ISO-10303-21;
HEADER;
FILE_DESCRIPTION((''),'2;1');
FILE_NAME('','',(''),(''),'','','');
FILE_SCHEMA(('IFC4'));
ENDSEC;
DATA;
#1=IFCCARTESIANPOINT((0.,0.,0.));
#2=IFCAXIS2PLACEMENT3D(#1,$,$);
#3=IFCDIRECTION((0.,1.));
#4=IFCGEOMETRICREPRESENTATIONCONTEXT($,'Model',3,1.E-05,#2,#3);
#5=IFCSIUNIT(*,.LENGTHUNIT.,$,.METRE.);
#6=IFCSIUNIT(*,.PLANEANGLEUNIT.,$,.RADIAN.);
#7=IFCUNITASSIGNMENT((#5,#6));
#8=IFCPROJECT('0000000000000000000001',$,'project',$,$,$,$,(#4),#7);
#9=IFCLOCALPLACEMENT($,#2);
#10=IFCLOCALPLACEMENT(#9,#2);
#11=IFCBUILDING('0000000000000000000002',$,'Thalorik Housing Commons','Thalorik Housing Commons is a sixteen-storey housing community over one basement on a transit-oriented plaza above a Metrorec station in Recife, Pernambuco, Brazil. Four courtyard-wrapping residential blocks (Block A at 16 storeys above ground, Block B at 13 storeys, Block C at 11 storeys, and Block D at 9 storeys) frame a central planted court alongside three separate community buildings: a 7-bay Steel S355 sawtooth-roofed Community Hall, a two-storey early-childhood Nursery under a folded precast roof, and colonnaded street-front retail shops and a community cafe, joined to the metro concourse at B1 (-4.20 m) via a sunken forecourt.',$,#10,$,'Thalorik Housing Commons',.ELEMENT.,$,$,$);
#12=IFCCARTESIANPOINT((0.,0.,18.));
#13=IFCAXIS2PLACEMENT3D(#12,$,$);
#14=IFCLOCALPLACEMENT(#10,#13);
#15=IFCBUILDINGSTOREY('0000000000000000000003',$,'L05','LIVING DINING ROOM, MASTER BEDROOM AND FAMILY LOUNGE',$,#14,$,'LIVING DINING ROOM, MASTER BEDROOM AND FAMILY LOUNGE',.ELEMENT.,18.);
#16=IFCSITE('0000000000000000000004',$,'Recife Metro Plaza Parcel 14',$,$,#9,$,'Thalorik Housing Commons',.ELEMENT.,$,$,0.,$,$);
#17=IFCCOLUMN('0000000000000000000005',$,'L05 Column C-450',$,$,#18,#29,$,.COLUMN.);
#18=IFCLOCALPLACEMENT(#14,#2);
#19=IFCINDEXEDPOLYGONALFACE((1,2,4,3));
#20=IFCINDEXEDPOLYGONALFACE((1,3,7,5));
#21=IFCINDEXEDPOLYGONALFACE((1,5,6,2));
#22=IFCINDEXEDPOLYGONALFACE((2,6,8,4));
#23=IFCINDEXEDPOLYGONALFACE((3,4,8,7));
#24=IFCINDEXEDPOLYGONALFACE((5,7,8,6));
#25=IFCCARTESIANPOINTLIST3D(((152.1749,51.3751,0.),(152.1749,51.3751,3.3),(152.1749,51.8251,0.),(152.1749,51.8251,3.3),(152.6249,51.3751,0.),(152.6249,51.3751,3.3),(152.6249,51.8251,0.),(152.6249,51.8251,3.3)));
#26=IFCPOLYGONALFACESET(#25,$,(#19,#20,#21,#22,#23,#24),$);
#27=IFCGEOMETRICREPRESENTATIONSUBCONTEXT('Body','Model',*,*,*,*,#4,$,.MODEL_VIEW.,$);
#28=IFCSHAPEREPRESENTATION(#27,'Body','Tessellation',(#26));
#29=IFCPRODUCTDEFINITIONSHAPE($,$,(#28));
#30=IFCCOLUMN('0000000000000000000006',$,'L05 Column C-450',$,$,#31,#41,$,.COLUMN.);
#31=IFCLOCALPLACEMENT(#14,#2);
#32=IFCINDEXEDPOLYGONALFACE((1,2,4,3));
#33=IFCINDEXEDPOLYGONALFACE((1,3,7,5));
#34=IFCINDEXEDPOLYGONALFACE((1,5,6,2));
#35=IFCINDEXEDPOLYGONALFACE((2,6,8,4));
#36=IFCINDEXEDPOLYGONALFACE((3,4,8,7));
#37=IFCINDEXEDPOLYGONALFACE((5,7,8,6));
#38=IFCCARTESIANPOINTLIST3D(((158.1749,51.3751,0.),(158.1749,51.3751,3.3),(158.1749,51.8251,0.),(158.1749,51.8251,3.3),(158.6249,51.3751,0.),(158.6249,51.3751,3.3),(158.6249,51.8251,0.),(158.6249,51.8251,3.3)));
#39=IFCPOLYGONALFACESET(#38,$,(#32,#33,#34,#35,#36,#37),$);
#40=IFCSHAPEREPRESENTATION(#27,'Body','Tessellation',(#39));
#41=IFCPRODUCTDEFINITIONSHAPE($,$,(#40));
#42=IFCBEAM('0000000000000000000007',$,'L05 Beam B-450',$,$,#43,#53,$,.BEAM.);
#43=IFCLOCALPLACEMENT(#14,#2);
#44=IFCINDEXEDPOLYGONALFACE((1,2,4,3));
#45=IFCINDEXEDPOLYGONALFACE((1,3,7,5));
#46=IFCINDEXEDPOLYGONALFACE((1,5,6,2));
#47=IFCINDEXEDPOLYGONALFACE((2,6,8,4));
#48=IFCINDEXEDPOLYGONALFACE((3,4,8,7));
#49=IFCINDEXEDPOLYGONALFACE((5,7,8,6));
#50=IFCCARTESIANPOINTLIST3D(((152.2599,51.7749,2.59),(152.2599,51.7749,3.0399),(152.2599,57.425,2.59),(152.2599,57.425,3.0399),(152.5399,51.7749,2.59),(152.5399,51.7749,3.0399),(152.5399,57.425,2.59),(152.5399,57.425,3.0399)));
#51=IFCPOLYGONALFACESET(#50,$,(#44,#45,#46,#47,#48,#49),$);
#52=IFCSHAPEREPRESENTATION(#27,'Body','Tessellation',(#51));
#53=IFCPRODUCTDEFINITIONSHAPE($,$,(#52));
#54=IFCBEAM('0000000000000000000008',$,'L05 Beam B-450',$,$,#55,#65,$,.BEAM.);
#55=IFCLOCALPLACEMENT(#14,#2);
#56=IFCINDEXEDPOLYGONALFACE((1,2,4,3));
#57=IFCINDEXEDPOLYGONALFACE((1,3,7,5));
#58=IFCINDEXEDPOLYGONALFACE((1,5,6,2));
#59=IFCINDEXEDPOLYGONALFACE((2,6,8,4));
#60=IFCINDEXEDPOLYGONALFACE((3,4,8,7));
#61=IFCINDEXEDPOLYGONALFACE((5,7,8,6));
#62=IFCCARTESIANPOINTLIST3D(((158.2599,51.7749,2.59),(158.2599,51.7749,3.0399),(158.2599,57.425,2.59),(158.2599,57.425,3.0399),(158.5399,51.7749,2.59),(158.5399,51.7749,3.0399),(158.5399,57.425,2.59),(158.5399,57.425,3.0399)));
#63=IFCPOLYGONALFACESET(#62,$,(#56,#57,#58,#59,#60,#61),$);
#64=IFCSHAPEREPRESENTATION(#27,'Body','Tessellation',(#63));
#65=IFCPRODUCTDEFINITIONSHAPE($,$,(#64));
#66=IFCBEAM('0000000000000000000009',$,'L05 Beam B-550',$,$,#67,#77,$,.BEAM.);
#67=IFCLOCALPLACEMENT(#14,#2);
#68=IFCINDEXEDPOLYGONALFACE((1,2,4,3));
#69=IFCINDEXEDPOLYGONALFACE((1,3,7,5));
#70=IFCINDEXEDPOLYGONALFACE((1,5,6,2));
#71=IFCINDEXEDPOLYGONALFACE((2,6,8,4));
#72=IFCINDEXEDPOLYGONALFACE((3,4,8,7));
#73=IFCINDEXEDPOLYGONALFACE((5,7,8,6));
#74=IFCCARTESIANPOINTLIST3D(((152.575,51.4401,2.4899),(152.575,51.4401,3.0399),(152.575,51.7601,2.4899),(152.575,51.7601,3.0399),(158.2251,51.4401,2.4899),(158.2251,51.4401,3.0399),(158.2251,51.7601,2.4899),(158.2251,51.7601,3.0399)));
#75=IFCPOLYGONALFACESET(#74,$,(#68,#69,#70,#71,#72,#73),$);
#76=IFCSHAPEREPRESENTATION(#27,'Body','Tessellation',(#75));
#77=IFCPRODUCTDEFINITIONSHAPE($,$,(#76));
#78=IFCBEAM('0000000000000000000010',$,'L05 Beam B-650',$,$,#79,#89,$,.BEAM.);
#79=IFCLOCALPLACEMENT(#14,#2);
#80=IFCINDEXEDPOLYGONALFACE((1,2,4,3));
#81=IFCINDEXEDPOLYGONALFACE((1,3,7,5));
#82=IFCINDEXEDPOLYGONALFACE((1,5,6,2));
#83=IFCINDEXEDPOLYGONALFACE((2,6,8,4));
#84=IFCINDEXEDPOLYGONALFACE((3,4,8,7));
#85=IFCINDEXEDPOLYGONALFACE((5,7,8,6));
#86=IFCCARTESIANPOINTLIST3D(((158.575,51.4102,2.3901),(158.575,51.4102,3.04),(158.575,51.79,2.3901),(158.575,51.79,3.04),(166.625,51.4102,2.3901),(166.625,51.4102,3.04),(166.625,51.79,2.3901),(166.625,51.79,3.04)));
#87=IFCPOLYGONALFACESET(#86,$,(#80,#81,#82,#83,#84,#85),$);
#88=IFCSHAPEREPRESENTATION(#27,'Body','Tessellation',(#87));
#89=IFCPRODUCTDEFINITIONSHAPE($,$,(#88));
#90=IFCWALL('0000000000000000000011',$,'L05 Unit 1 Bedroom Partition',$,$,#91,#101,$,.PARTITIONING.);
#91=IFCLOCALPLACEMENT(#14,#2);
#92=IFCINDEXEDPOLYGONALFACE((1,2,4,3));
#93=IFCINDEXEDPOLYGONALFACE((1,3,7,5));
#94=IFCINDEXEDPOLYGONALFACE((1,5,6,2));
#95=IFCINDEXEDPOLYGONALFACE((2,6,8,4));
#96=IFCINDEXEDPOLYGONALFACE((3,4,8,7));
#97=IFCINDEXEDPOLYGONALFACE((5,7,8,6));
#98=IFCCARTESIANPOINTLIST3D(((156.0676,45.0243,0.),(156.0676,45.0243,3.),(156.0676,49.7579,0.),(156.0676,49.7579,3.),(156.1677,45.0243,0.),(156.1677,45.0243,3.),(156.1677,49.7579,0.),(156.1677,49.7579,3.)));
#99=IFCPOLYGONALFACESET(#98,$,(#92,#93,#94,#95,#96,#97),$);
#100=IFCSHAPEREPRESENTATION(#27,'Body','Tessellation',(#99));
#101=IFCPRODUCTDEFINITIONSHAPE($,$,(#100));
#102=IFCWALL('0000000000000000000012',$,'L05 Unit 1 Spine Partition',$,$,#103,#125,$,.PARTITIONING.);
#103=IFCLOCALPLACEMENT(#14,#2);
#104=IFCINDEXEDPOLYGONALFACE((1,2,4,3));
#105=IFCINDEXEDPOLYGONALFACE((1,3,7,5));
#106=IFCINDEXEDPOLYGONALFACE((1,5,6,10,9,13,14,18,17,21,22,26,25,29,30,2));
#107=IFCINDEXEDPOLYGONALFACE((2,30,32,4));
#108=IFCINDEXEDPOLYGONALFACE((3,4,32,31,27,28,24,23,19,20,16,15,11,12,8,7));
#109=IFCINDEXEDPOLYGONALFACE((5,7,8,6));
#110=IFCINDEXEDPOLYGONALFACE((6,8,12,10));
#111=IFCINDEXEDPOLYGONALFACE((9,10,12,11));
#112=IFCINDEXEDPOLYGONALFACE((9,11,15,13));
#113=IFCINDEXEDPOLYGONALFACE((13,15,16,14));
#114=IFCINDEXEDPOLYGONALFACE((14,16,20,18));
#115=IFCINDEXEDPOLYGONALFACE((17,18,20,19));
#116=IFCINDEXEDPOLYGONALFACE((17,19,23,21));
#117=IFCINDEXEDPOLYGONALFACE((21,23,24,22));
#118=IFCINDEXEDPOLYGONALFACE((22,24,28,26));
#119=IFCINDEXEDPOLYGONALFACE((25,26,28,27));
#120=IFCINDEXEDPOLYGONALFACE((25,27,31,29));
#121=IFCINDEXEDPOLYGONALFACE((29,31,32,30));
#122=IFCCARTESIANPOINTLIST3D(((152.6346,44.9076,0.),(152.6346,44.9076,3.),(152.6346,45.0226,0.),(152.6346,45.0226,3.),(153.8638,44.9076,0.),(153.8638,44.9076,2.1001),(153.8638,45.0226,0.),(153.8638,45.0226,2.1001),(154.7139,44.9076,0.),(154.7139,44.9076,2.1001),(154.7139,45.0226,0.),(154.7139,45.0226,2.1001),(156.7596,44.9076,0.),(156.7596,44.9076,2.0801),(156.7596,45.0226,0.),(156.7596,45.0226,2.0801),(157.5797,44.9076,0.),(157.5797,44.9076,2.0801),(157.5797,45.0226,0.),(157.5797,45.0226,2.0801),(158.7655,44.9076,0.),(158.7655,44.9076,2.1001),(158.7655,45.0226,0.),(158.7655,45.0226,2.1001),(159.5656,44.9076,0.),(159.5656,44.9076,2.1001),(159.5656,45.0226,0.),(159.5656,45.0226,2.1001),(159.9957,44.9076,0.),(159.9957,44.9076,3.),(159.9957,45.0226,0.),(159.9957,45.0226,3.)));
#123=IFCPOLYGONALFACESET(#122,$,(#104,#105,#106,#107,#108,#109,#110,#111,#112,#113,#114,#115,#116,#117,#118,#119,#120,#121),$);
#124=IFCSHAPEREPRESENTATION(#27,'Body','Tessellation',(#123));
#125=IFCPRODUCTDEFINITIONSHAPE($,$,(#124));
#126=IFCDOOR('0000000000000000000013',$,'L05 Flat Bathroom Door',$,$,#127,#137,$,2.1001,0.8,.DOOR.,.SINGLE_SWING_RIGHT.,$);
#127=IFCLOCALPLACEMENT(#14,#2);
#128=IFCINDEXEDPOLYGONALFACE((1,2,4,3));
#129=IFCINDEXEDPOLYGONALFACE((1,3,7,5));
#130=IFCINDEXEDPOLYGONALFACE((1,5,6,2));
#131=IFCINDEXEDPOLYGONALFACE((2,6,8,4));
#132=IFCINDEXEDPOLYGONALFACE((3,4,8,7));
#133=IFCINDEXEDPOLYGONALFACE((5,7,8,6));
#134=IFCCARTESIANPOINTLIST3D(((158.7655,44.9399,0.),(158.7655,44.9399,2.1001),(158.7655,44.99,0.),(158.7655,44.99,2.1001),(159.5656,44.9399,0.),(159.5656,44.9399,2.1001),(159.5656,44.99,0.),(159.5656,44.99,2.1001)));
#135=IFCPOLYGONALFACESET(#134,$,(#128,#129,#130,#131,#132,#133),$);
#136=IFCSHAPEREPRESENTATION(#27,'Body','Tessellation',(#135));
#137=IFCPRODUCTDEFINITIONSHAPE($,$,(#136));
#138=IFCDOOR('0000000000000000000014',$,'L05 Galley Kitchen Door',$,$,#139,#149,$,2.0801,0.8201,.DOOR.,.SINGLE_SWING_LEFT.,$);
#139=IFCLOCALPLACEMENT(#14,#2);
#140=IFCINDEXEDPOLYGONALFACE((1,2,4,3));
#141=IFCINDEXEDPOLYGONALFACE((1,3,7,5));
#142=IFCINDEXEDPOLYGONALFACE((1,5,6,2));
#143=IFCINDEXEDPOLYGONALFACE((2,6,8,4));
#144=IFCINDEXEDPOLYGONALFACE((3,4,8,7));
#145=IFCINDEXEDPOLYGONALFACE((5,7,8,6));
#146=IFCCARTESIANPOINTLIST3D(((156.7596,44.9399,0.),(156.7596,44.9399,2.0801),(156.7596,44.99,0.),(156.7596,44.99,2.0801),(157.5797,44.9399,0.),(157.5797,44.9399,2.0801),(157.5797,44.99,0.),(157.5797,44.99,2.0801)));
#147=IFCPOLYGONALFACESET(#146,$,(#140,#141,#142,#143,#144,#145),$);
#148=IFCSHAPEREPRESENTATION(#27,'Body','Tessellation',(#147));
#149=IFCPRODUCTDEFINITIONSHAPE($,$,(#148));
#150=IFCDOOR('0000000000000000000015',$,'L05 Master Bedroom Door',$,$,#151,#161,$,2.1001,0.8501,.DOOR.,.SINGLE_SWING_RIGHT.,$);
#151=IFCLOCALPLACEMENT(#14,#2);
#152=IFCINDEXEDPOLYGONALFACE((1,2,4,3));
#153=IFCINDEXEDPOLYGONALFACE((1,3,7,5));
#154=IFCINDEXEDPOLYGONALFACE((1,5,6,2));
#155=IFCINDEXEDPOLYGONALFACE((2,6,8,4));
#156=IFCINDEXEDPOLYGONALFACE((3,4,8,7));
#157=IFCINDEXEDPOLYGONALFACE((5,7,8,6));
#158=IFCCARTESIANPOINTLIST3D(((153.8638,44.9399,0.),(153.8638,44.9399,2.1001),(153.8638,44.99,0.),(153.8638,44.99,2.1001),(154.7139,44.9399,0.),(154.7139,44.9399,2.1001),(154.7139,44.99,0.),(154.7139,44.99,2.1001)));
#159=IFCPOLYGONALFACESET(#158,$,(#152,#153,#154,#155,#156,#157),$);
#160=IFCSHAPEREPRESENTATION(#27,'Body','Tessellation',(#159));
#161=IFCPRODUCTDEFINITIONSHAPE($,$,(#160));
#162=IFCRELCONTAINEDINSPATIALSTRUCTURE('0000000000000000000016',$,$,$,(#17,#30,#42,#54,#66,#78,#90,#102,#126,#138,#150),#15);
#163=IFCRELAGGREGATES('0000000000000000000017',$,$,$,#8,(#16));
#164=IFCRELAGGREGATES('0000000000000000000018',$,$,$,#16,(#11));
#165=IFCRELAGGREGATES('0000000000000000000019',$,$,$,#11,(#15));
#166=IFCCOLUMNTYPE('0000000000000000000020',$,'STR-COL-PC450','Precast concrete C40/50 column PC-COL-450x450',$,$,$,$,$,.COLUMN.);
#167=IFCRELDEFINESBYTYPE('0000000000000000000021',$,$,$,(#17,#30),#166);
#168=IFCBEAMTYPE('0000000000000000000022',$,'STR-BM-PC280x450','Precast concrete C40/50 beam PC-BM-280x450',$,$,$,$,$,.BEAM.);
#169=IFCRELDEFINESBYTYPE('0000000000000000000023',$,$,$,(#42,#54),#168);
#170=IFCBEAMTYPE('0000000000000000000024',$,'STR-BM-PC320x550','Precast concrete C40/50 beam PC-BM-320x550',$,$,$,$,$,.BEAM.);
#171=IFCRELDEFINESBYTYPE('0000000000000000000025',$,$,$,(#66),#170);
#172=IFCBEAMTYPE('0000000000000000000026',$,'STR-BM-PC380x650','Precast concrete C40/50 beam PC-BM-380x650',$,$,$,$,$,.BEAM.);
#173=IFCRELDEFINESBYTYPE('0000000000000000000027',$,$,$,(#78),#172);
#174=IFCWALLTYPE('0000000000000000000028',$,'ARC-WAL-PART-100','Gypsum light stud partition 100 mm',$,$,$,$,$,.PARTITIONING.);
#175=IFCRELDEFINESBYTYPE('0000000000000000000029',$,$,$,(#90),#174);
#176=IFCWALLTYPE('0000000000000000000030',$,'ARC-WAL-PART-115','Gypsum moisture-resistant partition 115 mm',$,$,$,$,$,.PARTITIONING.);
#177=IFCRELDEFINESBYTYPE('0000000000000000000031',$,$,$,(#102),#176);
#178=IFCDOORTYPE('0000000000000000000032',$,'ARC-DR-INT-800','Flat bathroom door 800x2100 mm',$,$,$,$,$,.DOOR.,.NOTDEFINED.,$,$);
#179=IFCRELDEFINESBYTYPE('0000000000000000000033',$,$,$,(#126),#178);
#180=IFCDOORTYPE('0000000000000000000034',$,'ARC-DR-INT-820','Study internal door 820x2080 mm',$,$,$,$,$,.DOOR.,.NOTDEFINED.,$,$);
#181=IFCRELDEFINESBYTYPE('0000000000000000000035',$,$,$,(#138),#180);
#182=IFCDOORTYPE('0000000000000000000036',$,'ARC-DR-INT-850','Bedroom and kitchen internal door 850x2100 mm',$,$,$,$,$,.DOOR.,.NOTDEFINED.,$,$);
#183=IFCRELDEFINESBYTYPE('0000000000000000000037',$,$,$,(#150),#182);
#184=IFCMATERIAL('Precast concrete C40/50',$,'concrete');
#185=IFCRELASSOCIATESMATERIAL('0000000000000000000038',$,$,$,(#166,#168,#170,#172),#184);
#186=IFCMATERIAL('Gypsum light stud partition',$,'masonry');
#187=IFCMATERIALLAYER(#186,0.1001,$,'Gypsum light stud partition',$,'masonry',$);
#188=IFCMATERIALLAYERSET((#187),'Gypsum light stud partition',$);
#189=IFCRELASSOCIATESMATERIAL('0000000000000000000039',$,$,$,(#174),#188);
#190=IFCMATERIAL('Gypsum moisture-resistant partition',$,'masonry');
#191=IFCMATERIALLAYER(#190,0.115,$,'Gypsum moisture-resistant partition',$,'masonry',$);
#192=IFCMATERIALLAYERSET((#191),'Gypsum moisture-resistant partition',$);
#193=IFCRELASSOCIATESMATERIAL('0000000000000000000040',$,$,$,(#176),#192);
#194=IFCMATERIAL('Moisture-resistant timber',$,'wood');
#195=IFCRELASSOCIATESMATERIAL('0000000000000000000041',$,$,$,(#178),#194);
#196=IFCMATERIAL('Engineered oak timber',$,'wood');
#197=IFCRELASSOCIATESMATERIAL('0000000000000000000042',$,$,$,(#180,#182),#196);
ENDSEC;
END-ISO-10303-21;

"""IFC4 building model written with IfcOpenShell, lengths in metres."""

from ifc_helpers import new_model, si_unit, direction, frame, frame_2d, origin, origin_2d, place, context, subcontext, project, spatial, rectangle, extrude, material, layer, layer_set, material_profile, profile_set, type_object, element, fill, save


model = new_model("IFC4")

# Units and contexts
model_context = context("Model", 3, precision=1e-05, world=origin(), true_north=direction((0.0, 1.0)))
body_context = subcontext(model_context, "Body", "Model", "MODEL_VIEW")
ifc_project = project(units=[si_unit("LENGTHUNIT", "METRE"), si_unit("PLANEANGLEUNIT", "RADIAN")], contexts=[model_context])

# Site, building, storey
site_placement = place(None, origin())
site = spatial("IfcSite", under=ifc_project, at=site_placement, Name="Recife Metro Plaza Parcel 14", LongName="Thalorik Housing Commons", CompositionType="ELEMENT", RefElevation=0.0)
building_placement = place(site_placement, origin())
building = spatial("IfcBuilding", under=site, at=building_placement, Name="Thalorik Housing Commons", Description="Thalorik Housing Commons is a sixteen-storey housing community over one basement on a transit-oriented plaza above a Metrorec station in Recife, Pernambuco, Brazil. Four courtyard-wrapping residential blocks (Block A at 16 storeys above ground, Block B at 13 storeys, Block C at 11 storeys, and Block D at 9 storeys) frame a central planted court alongside three separate community buildings: a 7-bay Steel S355 sawtooth-roofed Community Hall, a two-storey early-childhood Nursery under a folded precast roof, and colonnaded street-front retail shops and a community cafe, joined to the metro concourse at B1 (-4.20 m) via a sunken forecourt.", LongName="Thalorik Housing Commons", CompositionType="ELEMENT")
storey_placement = place(building_placement, frame((0.0, 0.0, 18.0)))
storey = spatial("IfcBuildingStorey", under=building, at=storey_placement, Name="L05", Description="LIVING DINING ROOM, MASTER BEDROOM AND FAMILY LOUNGE", LongName="LIVING DINING ROOM, MASTER BEDROOM AND FAMILY LOUNGE", CompositionType="ELEMENT", Elevation=18.0)

# Columns
ifc_material_1 = material(Name="Precast concrete C40/50", Category="concrete")
ifc_material_profile_1 = material_profile(ifc_material_1, rectangle(XDim=0.45, YDim=0.45, at=origin_2d()), Name="PC 450x450", Category="concrete")
ifc_profile_set_1 = profile_set([ifc_material_profile_1], Name="Precast concrete C40/50")
column_type = type_object("IfcColumnType", Name="STR-COL-PC450", Description="Precast concrete C40/50 column PC-COL-450x450", PredefinedType="COLUMN", material=ifc_profile_set_1)
for number, where, z_axis, x_axis, name in (
    (1, (152.3999, 51.6001, 0.0), (0.0, 0.0, 1.0), (1.0, 0.0, 0.0), "L05 Column C-450"),
    (2, (158.3999, 51.6001, 0.0), (0.0, 0.0, 1.0), (1.0, 0.0, 0.0), "L05 Column C-450"),
):
    element("IfcColumn", number, at=place(storey_placement, frame(where, z_axis=z_axis, x_axis=x_axis)), inside=storey, type_object=column_type, Name=name, PredefinedType="COLUMN", context=body_context, shape_type="SweptSolid", body=[
        extrude(rectangle(XDim=0.45, YDim=0.45, at=origin_2d()), origin(), (0.0, 0.0, 1.0), 3.3),
    ])

# Beams
ifc_material_profile_2 = material_profile(ifc_material_1, rectangle(XDim=0.28, YDim=0.45, at=origin_2d()), Name="PC 280x450", Category="concrete")
ifc_profile_set_2 = profile_set([ifc_material_profile_2], Name="Precast concrete C40/50")
beam_type_1 = type_object("IfcBeamType", Name="STR-BM-PC280x450", Description="Precast concrete C40/50 beam PC-BM-280x450", PredefinedType="BEAM", material=ifc_profile_set_2)
for number, where, z_axis, x_axis, name in (
    (3, (152.3999, 51.7749, 2.8149), (0.0, 1.0, 0.0), (-1.0, 0.0, 0.0), "L05 Beam B-450"),
    (4, (158.3999, 51.7749, 2.8149), (0.0, 1.0, 0.0), (-1.0, 0.0, 0.0), "L05 Beam B-450"),
):
    element("IfcBeam", number, at=place(storey_placement, frame(where, z_axis=z_axis, x_axis=x_axis)), inside=storey, type_object=beam_type_1, Name=name, PredefinedType="BEAM", context=body_context, shape_type="SweptSolid", body=[
        extrude(rectangle(XDim=0.28, YDim=0.45, at=origin_2d()), origin(), (0.0, 0.0, 1.0), 5.6501),
    ])
ifc_material_profile_3 = material_profile(ifc_material_1, rectangle(XDim=0.3201, YDim=0.55, at=origin_2d()), Name="PC 320x550", Category="concrete")
ifc_profile_set_3 = profile_set([ifc_material_profile_3], Name="Precast concrete C40/50")
beam_type_2 = type_object("IfcBeamType", Name="STR-BM-PC320x550", Description="Precast concrete C40/50 beam PC-BM-320x550", PredefinedType="BEAM", material=ifc_profile_set_3)
beam_1_placement = place(storey_placement, frame((152.575, 51.6001, 2.7649), z_axis=(1.0, 0.0, 0.0), x_axis=(0.0, 1.0, 0.0)))
element("IfcBeam", 5, at=beam_1_placement, inside=storey, type_object=beam_type_2, Name="L05 Beam B-550", PredefinedType="BEAM", context=body_context, shape_type="SweptSolid", body=[
    extrude(rectangle(XDim=0.3201, YDim=0.55, at=origin_2d()), origin(), (0.0, 0.0, 1.0), 5.6501),
])
ifc_material_profile_4 = material_profile(ifc_material_1, rectangle(XDim=0.3799, YDim=0.6499, at=origin_2d()), Name="PC 380x650", Category="concrete")
ifc_profile_set_4 = profile_set([ifc_material_profile_4], Name="Precast concrete C40/50")
beam_type_3 = type_object("IfcBeamType", Name="STR-BM-PC380x650", Description="Precast concrete C40/50 beam PC-BM-380x650", PredefinedType="BEAM", material=ifc_profile_set_4)
beam_2_placement = place(storey_placement, frame((158.575, 51.6001, 2.7151), z_axis=(1.0, 0.0, 0.0), x_axis=(0.0, 1.0, 0.0)))
element("IfcBeam", 6, at=beam_2_placement, inside=storey, type_object=beam_type_3, Name="L05 Beam B-650", PredefinedType="BEAM", context=body_context, shape_type="SweptSolid", body=[
    extrude(rectangle(XDim=0.3799, YDim=0.6499, at=origin_2d()), origin(), (0.0, 0.0, 1.0), 8.05),
])

# Wall
ifc_material_2 = material(Name="Gypsum light stud partition", Category="masonry")
ifc_layer_1 = layer(ifc_material_2, 0.1001, Name="Gypsum light stud partition", Category="masonry")
ifc_layer_set_1 = layer_set([ifc_layer_1], Name="Gypsum light stud partition")
wall_type_1 = type_object("IfcWallType", Name="ARC-WAL-PART-100", Description="Gypsum light stud partition 100 mm", PredefinedType="PARTITIONING", material=ifc_layer_set_1)
wall_1_placement = place(storey_placement, frame((156.1177, 45.0244, 0.0), z_axis=(0.0, 0.0, 1.0), x_axis=(0.0, 1.0, 0.0)))
element("IfcWall", 7, at=wall_1_placement, inside=storey, type_object=wall_type_1, Name="L05 Unit 1 Bedroom Partition", PredefinedType="PARTITIONING", context=body_context, shape_type="SweptSolid", body=[
    extrude(rectangle(XDim=4.7336, YDim=0.1001, at=frame_2d((2.3667, 0.0))), origin(), (0.0, 0.0, 1.0), 3.0),
])

# Wall, openings, doors
ifc_material_3 = material(Name="Gypsum moisture-resistant partition", Category="masonry")
ifc_layer_2 = layer(ifc_material_3, 0.115, Name="Gypsum moisture-resistant partition", Category="masonry")
ifc_layer_set_2 = layer_set([ifc_layer_2], Name="Gypsum moisture-resistant partition")
wall_type_2 = type_object("IfcWallType", Name="ARC-WAL-PART-115", Description="Gypsum moisture-resistant partition 115 mm", PredefinedType="PARTITIONING", material=ifc_layer_set_2)
wall_2_placement = place(storey_placement, frame((152.6345, 44.9651, 0.0), z_axis=(0.0, 0.0, 1.0), x_axis=(1.0, 0.0, 0.0)))
wall_2 = element("IfcWall", 8, at=wall_2_placement, inside=storey, type_object=wall_type_2, Name="L05 Unit 1 Spine Partition", PredefinedType="PARTITIONING", context=body_context, shape_type="SweptSolid", body=[
    extrude(rectangle(XDim=7.3611, YDim=0.115, at=frame_2d((3.6807, 0.0))), origin(), (0.0, 0.0, 1.0), 3.0),
])
opening_1_placement = place(wall_2_placement, frame((1.2292, 0.0, 0.0)))
opening_1 = element("IfcOpeningElement", 9, at=opening_1_placement, cuts=wall_2, PredefinedType="OPENING", context=body_context, shape_type="SweptSolid", body=[
    extrude(rectangle(XDim=0.8501, YDim=2.1001, at=frame_2d((0.425, 1.05))), frame((0.0, 0.0674, 0.0), z_axis=(0.0, -1.0, 0.0), x_axis=(1.0, 0.0, 0.0)), (0.0, 0.0, 1.0), 0.135),
])
opening_2_placement = place(wall_2_placement, frame((4.125, 0.0, 0.0)))
opening_2 = element("IfcOpeningElement", 10, at=opening_2_placement, cuts=wall_2, PredefinedType="OPENING", context=body_context, shape_type="SweptSolid", body=[
    extrude(rectangle(XDim=0.8201, YDim=2.0801, at=frame_2d((0.4102, 1.04))), frame((0.0, 0.0674, 0.0), z_axis=(0.0, -1.0, 0.0), x_axis=(1.0, 0.0, 0.0)), (0.0, 0.0, 1.0), 0.135),
])
opening_3_placement = place(wall_2_placement, frame((6.1311, 0.0, 0.0)))
opening_3 = element("IfcOpeningElement", 11, at=opening_3_placement, cuts=wall_2, PredefinedType="OPENING", context=body_context, shape_type="SweptSolid", body=[
    extrude(rectangle(XDim=0.8, YDim=2.1001, at=frame_2d((0.3999, 1.05))), frame((0.0, 0.0674, 0.0), z_axis=(0.0, -1.0, 0.0), x_axis=(1.0, 0.0, 0.0)), (0.0, 0.0, 1.0), 0.135),
])
ifc_material_4 = material(Name="Moisture-resistant timber", Category="wood")
door_type_1 = type_object("IfcDoorType", Name="ARC-DR-INT-800", Description="Flat bathroom door 800x2100 mm", OperationType="NOTDEFINED", PredefinedType="DOOR", material=ifc_material_4)
door_1_placement = place(opening_3_placement, origin())
door_1 = element("IfcDoor", 12, at=door_1_placement, inside=storey, type_object=door_type_1, Name="L05 Flat Bathroom Door", OperationType="SINGLE_SWING_RIGHT", OverallHeight=2.1001, OverallWidth=0.8, PredefinedType="DOOR", context=body_context, shape_type="SweptSolid", body=[
    extrude(rectangle(XDim=0.8, YDim=2.1001, at=frame_2d((0.3999, 1.05))), frame((0.0, 0.0249, 0.0), z_axis=(0.0, -1.0, 0.0), x_axis=(1.0, 0.0, 0.0)), (0.0, 0.0, 1.0), 0.05),
])
fill(opening_3, door_1)
ifc_material_5 = material(Name="Engineered oak timber", Category="wood")
door_type_2 = type_object("IfcDoorType", Name="ARC-DR-INT-820", Description="Study internal door 820x2080 mm", OperationType="NOTDEFINED", PredefinedType="DOOR", material=ifc_material_5)
door_2_placement = place(opening_2_placement, origin())
door_2 = element("IfcDoor", 13, at=door_2_placement, inside=storey, type_object=door_type_2, Name="L05 Galley Kitchen Door", OperationType="SINGLE_SWING_LEFT", OverallHeight=2.0801, OverallWidth=0.8201, PredefinedType="DOOR", context=body_context, shape_type="SweptSolid", body=[
    extrude(rectangle(XDim=0.8201, YDim=2.0801, at=frame_2d((0.4102, 1.04))), frame((0.0, 0.0249, 0.0), z_axis=(0.0, -1.0, 0.0), x_axis=(1.0, 0.0, 0.0)), (0.0, 0.0, 1.0), 0.05),
])
fill(opening_2, door_2)
door_type_3 = type_object("IfcDoorType", Name="ARC-DR-INT-850", Description="Bedroom and kitchen internal door 850x2100 mm", OperationType="NOTDEFINED", PredefinedType="DOOR", material=ifc_material_5)
door_3_placement = place(opening_1_placement, origin())
door_3 = element("IfcDoor", 14, at=door_3_placement, inside=storey, type_object=door_type_3, Name="L05 Master Bedroom Door", OperationType="SINGLE_SWING_RIGHT", OverallHeight=2.1001, OverallWidth=0.8501, PredefinedType="DOOR", context=body_context, shape_type="SweptSolid", body=[
    extrude(rectangle(XDim=0.8501, YDim=2.1001, at=frame_2d((0.425, 1.05))), frame((0.0, 0.0249, 0.0), z_axis=(0.0, -1.0, 0.0), x_axis=(1.0, 0.0, 0.0)), (0.0, 0.0, 1.0), 0.05),
])
fill(opening_1, door_3)

save(model, "model.ifc")
